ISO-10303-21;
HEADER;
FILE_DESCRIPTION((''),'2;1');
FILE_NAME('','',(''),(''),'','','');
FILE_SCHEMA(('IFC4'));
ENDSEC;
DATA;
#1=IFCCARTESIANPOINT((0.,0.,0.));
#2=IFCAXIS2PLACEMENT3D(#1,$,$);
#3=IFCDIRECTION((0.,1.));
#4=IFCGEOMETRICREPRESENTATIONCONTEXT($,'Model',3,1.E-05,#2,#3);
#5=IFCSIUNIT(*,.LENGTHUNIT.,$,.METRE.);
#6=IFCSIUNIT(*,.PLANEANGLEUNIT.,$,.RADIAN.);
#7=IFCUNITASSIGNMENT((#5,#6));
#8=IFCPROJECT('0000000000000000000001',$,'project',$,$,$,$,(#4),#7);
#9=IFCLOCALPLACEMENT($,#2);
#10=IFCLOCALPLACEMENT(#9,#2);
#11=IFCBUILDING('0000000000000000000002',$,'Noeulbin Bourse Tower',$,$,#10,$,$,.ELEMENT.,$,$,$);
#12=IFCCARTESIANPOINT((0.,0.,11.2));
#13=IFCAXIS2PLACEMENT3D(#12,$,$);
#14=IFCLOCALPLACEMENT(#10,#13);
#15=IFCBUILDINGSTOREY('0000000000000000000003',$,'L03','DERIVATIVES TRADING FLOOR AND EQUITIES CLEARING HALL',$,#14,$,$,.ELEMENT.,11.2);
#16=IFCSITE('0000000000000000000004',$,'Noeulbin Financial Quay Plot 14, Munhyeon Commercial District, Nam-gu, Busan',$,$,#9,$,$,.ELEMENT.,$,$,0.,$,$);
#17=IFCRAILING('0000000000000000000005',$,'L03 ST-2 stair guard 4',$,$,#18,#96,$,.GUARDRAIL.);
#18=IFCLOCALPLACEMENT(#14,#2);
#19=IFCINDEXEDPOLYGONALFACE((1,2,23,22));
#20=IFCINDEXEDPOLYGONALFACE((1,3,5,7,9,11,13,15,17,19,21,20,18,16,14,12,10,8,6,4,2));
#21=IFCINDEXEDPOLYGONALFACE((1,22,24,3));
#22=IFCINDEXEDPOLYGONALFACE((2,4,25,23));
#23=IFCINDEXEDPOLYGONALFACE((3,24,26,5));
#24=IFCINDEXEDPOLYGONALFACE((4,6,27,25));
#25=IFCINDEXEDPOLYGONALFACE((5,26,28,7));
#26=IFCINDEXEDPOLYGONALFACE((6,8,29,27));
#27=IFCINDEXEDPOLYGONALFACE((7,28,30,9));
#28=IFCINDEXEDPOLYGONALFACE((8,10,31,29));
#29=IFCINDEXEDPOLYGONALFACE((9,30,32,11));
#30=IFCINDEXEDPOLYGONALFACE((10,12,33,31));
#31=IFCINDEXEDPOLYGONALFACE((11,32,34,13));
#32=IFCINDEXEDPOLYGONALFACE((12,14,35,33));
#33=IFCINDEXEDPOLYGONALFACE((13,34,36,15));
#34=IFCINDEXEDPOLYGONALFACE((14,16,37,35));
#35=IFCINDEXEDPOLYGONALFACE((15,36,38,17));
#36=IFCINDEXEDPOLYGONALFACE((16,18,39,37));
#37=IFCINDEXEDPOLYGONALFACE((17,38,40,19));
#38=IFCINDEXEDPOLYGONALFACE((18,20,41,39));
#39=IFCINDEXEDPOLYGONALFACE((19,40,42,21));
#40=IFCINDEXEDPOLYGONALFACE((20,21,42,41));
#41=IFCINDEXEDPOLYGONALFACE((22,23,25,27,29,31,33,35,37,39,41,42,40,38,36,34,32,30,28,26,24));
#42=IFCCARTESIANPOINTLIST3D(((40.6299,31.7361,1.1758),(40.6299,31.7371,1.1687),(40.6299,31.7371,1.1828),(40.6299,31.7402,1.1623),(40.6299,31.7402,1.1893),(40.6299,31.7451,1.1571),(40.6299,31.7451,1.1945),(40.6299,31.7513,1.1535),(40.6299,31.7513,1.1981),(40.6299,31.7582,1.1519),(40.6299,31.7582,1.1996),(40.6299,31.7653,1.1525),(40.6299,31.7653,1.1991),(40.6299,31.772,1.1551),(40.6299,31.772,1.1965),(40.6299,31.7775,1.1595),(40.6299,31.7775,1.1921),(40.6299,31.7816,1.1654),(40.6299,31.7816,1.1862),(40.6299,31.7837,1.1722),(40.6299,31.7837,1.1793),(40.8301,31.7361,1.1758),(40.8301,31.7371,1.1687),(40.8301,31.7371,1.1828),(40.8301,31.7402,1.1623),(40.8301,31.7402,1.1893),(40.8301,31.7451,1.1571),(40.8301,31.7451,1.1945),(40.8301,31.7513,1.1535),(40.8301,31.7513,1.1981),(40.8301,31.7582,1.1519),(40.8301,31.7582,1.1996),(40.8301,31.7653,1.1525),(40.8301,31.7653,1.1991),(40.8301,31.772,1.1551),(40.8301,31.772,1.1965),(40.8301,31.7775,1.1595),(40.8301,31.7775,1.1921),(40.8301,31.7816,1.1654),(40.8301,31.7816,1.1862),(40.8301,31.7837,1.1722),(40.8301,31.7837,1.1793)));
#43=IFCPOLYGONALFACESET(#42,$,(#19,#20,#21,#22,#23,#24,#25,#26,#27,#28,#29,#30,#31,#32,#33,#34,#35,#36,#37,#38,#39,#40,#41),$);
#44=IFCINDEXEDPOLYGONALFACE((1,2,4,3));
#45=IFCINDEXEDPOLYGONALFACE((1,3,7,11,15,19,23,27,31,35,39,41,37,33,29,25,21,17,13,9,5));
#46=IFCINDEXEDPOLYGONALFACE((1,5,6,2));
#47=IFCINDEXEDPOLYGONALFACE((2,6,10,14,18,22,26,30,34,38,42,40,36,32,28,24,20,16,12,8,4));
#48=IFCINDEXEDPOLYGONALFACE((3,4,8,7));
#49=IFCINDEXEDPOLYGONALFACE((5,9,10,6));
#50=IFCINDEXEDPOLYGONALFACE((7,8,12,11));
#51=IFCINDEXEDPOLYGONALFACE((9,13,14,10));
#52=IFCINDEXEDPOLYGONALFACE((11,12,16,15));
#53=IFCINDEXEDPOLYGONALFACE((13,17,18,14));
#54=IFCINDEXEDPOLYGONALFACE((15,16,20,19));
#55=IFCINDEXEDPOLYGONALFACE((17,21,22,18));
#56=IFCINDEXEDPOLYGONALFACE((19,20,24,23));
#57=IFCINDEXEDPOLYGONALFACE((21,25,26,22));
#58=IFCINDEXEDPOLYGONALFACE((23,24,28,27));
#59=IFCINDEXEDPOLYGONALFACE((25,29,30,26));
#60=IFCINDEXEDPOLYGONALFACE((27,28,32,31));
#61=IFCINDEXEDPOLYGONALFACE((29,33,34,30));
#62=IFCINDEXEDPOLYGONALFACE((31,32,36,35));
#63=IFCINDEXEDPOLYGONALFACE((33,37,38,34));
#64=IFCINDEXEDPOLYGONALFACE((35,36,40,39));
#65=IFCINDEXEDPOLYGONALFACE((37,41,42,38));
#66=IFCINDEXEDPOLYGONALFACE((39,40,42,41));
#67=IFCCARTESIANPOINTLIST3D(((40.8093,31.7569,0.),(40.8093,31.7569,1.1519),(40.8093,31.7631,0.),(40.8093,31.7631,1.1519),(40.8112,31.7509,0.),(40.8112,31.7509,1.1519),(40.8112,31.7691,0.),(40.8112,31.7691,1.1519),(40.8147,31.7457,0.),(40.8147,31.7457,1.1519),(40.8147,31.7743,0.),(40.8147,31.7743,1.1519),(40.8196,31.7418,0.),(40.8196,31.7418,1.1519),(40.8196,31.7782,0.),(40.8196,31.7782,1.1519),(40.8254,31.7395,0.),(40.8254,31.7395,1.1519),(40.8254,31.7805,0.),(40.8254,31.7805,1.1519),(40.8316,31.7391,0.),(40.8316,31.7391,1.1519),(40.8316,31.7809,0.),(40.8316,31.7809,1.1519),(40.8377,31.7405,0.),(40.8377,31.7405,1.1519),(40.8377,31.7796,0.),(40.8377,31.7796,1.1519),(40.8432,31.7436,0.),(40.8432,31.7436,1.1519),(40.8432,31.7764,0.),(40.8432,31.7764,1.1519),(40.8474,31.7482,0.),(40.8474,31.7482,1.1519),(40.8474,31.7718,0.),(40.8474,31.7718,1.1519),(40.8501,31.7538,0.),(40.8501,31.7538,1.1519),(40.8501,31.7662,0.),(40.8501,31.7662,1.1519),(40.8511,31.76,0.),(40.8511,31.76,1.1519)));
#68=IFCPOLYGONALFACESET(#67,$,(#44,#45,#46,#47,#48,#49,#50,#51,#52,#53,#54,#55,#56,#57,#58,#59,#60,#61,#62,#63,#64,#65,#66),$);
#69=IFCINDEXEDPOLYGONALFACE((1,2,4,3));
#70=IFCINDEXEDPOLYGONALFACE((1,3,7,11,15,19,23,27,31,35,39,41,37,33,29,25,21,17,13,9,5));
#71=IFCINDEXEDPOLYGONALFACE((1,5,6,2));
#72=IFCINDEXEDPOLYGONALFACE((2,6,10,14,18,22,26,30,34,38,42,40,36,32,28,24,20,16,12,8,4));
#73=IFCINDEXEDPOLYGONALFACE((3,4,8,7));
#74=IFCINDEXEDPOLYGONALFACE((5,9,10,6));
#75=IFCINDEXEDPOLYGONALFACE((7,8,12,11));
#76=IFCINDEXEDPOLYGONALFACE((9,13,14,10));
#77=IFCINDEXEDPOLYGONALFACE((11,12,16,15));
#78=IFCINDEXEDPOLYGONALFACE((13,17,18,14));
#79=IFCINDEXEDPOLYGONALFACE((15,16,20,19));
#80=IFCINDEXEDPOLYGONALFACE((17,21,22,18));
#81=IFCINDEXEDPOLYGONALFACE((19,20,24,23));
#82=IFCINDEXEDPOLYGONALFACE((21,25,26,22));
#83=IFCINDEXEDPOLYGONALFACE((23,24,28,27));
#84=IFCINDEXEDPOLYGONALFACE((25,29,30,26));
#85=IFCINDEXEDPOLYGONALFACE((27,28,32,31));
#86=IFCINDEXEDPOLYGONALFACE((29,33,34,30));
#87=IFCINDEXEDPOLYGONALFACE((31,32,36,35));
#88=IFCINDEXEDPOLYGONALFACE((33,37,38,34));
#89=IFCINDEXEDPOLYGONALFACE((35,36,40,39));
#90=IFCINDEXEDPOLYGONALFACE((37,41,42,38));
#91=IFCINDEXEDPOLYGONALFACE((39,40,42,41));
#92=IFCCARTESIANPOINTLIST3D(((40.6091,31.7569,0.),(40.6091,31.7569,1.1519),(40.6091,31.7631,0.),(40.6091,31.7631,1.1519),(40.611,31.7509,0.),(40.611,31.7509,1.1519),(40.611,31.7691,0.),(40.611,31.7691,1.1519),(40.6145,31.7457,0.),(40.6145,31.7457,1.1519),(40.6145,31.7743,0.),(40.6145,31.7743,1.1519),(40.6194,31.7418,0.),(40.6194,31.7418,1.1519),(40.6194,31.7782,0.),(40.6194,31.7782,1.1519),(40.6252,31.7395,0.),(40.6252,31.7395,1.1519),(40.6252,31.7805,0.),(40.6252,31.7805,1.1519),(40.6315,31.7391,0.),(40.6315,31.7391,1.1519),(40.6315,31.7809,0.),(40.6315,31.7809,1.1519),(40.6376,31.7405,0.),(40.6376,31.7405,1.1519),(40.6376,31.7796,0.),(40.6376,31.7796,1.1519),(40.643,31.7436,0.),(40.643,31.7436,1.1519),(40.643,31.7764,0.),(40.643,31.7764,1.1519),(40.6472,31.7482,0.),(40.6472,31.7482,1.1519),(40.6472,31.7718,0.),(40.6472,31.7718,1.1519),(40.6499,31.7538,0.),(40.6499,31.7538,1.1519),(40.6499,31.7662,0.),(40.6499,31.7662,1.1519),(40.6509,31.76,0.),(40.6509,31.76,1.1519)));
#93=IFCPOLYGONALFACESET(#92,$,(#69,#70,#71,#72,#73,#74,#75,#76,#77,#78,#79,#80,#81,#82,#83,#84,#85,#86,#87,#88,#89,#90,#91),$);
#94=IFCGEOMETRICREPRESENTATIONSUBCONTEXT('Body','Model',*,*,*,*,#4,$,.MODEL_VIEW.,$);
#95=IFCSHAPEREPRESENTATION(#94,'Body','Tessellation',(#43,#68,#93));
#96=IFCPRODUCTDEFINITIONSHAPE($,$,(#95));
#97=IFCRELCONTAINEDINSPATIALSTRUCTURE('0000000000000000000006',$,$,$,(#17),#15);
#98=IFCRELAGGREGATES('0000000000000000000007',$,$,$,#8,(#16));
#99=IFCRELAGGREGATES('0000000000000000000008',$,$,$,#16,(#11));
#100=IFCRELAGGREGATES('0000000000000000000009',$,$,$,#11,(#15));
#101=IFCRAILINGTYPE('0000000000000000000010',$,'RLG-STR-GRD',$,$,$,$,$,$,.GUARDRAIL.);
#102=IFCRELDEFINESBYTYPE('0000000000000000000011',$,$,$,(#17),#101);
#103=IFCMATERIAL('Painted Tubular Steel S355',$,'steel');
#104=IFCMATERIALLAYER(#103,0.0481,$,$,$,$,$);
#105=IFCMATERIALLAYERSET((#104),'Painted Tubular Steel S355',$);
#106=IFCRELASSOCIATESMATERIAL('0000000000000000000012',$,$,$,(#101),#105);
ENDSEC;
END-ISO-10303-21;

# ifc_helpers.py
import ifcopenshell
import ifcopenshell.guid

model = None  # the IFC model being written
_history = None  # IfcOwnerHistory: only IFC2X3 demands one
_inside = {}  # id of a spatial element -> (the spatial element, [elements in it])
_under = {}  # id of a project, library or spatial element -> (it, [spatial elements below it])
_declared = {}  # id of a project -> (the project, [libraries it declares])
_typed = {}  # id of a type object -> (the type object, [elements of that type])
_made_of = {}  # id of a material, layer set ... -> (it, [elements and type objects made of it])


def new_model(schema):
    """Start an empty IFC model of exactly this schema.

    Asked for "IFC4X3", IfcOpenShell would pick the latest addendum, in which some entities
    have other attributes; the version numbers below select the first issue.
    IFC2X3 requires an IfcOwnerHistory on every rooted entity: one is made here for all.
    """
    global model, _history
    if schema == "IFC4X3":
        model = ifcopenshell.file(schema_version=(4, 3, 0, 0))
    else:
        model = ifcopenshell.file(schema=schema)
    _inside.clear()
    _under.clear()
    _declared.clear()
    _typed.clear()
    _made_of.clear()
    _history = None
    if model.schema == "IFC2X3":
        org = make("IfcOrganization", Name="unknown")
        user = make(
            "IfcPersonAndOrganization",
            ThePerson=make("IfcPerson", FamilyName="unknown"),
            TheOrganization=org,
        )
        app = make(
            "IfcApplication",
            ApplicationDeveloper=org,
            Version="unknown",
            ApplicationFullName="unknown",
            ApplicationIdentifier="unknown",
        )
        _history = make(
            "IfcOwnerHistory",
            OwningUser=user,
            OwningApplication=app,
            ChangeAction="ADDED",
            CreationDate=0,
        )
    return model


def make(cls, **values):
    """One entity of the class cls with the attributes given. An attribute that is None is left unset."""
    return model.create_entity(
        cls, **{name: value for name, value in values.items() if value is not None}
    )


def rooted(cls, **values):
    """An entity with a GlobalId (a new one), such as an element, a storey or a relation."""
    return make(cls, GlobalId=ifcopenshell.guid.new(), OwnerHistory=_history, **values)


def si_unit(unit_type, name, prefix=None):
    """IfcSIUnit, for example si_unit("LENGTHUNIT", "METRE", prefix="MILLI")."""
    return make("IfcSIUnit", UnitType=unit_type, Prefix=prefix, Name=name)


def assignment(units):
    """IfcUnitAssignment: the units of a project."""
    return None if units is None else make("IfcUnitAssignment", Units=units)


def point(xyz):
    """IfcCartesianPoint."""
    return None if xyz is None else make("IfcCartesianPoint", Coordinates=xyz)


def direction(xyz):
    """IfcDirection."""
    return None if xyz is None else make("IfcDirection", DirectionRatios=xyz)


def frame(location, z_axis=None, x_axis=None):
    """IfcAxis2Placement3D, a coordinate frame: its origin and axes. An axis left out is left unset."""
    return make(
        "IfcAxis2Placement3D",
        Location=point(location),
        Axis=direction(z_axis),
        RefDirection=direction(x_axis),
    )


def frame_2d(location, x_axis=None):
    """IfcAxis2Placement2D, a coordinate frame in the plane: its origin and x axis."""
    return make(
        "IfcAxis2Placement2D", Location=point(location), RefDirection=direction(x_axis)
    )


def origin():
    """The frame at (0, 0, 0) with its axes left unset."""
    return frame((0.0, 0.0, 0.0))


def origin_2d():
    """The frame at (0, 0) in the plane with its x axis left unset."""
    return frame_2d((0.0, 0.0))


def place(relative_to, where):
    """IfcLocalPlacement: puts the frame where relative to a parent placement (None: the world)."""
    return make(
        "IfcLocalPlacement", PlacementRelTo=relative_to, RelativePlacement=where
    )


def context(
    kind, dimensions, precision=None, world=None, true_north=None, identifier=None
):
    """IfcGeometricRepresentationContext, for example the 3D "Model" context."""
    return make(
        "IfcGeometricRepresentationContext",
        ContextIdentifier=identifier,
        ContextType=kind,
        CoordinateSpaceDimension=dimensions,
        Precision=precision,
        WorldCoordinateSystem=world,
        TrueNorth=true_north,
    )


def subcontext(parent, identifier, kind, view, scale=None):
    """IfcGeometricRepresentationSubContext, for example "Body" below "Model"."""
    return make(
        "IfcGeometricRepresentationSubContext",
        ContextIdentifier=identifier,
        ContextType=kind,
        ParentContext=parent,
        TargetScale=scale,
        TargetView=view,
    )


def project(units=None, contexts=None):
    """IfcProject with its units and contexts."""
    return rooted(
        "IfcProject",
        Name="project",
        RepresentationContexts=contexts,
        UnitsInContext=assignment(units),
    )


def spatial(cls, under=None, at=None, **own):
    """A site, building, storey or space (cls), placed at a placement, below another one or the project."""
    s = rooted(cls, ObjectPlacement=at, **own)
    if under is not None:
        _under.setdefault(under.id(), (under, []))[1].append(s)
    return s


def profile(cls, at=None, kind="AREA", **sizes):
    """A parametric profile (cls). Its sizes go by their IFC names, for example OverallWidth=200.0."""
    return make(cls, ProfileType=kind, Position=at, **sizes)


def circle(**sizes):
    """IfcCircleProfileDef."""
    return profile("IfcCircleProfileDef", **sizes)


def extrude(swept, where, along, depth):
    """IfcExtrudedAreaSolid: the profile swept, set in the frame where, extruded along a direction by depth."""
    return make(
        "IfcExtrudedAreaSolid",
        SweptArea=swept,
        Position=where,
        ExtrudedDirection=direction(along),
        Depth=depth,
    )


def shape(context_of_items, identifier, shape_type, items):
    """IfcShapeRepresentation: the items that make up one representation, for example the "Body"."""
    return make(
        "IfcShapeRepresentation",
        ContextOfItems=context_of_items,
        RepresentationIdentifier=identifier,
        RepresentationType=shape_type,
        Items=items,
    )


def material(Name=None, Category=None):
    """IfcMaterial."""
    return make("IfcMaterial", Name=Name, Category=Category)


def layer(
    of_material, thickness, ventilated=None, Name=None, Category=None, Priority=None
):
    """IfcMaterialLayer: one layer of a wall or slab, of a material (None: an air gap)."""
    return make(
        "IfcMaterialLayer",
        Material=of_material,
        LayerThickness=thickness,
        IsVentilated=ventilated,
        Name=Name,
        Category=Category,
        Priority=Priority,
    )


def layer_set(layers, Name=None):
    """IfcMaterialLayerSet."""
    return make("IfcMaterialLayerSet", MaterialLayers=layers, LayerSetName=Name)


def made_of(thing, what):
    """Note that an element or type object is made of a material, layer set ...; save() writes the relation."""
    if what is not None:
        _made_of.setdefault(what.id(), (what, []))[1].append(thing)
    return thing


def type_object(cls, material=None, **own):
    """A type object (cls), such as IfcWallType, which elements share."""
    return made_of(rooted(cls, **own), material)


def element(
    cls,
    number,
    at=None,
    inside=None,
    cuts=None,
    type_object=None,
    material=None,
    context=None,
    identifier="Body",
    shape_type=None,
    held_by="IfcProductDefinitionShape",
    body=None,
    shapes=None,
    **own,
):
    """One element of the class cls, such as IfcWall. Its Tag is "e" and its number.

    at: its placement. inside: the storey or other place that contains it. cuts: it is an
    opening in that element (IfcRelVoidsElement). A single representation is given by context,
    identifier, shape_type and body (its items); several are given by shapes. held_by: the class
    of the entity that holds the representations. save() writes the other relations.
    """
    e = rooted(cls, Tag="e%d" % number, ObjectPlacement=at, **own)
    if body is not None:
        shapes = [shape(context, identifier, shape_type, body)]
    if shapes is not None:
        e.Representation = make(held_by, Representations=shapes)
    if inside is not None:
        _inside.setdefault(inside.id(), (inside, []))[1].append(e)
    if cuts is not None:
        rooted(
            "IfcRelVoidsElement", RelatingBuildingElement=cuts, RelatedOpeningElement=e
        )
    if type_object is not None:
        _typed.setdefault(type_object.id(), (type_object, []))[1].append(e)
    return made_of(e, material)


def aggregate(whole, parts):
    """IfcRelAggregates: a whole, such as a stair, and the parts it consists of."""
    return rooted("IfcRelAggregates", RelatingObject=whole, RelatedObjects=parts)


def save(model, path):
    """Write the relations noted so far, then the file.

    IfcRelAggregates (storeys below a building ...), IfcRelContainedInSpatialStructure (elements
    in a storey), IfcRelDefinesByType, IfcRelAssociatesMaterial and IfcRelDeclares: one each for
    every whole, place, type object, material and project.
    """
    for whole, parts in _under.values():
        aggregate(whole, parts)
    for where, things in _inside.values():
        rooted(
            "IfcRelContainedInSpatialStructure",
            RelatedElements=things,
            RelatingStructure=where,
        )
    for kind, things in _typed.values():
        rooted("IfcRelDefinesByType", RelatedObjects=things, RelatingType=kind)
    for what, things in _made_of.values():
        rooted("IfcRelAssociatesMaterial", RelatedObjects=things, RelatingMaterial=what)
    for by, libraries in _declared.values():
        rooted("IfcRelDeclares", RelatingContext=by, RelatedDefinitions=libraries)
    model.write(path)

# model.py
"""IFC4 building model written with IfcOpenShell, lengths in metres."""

from ifc_helpers import new_model, si_unit, direction, frame, origin, origin_2d, place, context, subcontext, project, spatial, circle, extrude, material, layer, layer_set, type_object, element, save


model = new_model("IFC4")

# Units and contexts
model_context = context("Model", 3, precision=1e-05, world=origin(), true_north=direction((0.0, 1.0)))
body_context = subcontext(model_context, "Body", "Model", "MODEL_VIEW")
ifc_project = project(units=[si_unit("LENGTHUNIT", "METRE"), si_unit("PLANEANGLEUNIT", "RADIAN")], contexts=[model_context])

# Site, building, storey
site_placement = place(None, origin())
site = spatial("IfcSite", under=ifc_project, at=site_placement, Name="Noeulbin Financial Quay Plot 14, Munhyeon Commercial District, Nam-gu, Busan", CompositionType="ELEMENT", RefElevation=0.0)
building_placement = place(site_placement, origin())
building = spatial("IfcBuilding", under=site, at=building_placement, Name="Noeulbin Bourse Tower", CompositionType="ELEMENT")
storey_placement = place(building_placement, frame((0.0, 0.0, 11.2)))
storey = spatial("IfcBuildingStorey", under=building, at=storey_placement, Name="L03", Description="DERIVATIVES TRADING FLOOR AND EQUITIES CLEARING HALL", CompositionType="ELEMENT", Elevation=11.2)

# Railing
ifc_material_1 = material(Name="Painted Tubular Steel S355", Category="steel")
ifc_layer_1 = layer(ifc_material_1, 0.0481)
ifc_layer_set_1 = layer_set([ifc_layer_1], Name="Painted Tubular Steel S355")
railing_type_1 = type_object("IfcRailingType", Name="RLG-STR-GRD", PredefinedType="GUARDRAIL", material=ifc_layer_set_1)
railing_1_placement = place(storey_placement, frame((40.8301, 31.76, 0.0)))
element("IfcRailing", 1, at=railing_1_placement, inside=storey, type_object=railing_type_1, Name="L03 ST-2 stair guard 4", PredefinedType="GUARDRAIL", context=body_context, shape_type="SweptSolid", body=[
    extrude(circle(Radius=0.0239, at=origin_2d()), frame((0.0, 0.0, 1.1758), z_axis=(-1.0, 0.0, 0.0), x_axis=(0.0, -1.0, 0.0)), (0.0, 0.0, 1.0), 0.2002),
    extrude(circle(Radius=0.021, at=origin_2d()), origin(), (0.0, 0.0, 1.0), 1.1519),
    extrude(circle(Radius=0.021, at=origin_2d()), frame((-0.2002, 0.0, 0.0)), (0.0, 0.0, 1.0), 1.1519),
])

save(model, "model.ifc")
